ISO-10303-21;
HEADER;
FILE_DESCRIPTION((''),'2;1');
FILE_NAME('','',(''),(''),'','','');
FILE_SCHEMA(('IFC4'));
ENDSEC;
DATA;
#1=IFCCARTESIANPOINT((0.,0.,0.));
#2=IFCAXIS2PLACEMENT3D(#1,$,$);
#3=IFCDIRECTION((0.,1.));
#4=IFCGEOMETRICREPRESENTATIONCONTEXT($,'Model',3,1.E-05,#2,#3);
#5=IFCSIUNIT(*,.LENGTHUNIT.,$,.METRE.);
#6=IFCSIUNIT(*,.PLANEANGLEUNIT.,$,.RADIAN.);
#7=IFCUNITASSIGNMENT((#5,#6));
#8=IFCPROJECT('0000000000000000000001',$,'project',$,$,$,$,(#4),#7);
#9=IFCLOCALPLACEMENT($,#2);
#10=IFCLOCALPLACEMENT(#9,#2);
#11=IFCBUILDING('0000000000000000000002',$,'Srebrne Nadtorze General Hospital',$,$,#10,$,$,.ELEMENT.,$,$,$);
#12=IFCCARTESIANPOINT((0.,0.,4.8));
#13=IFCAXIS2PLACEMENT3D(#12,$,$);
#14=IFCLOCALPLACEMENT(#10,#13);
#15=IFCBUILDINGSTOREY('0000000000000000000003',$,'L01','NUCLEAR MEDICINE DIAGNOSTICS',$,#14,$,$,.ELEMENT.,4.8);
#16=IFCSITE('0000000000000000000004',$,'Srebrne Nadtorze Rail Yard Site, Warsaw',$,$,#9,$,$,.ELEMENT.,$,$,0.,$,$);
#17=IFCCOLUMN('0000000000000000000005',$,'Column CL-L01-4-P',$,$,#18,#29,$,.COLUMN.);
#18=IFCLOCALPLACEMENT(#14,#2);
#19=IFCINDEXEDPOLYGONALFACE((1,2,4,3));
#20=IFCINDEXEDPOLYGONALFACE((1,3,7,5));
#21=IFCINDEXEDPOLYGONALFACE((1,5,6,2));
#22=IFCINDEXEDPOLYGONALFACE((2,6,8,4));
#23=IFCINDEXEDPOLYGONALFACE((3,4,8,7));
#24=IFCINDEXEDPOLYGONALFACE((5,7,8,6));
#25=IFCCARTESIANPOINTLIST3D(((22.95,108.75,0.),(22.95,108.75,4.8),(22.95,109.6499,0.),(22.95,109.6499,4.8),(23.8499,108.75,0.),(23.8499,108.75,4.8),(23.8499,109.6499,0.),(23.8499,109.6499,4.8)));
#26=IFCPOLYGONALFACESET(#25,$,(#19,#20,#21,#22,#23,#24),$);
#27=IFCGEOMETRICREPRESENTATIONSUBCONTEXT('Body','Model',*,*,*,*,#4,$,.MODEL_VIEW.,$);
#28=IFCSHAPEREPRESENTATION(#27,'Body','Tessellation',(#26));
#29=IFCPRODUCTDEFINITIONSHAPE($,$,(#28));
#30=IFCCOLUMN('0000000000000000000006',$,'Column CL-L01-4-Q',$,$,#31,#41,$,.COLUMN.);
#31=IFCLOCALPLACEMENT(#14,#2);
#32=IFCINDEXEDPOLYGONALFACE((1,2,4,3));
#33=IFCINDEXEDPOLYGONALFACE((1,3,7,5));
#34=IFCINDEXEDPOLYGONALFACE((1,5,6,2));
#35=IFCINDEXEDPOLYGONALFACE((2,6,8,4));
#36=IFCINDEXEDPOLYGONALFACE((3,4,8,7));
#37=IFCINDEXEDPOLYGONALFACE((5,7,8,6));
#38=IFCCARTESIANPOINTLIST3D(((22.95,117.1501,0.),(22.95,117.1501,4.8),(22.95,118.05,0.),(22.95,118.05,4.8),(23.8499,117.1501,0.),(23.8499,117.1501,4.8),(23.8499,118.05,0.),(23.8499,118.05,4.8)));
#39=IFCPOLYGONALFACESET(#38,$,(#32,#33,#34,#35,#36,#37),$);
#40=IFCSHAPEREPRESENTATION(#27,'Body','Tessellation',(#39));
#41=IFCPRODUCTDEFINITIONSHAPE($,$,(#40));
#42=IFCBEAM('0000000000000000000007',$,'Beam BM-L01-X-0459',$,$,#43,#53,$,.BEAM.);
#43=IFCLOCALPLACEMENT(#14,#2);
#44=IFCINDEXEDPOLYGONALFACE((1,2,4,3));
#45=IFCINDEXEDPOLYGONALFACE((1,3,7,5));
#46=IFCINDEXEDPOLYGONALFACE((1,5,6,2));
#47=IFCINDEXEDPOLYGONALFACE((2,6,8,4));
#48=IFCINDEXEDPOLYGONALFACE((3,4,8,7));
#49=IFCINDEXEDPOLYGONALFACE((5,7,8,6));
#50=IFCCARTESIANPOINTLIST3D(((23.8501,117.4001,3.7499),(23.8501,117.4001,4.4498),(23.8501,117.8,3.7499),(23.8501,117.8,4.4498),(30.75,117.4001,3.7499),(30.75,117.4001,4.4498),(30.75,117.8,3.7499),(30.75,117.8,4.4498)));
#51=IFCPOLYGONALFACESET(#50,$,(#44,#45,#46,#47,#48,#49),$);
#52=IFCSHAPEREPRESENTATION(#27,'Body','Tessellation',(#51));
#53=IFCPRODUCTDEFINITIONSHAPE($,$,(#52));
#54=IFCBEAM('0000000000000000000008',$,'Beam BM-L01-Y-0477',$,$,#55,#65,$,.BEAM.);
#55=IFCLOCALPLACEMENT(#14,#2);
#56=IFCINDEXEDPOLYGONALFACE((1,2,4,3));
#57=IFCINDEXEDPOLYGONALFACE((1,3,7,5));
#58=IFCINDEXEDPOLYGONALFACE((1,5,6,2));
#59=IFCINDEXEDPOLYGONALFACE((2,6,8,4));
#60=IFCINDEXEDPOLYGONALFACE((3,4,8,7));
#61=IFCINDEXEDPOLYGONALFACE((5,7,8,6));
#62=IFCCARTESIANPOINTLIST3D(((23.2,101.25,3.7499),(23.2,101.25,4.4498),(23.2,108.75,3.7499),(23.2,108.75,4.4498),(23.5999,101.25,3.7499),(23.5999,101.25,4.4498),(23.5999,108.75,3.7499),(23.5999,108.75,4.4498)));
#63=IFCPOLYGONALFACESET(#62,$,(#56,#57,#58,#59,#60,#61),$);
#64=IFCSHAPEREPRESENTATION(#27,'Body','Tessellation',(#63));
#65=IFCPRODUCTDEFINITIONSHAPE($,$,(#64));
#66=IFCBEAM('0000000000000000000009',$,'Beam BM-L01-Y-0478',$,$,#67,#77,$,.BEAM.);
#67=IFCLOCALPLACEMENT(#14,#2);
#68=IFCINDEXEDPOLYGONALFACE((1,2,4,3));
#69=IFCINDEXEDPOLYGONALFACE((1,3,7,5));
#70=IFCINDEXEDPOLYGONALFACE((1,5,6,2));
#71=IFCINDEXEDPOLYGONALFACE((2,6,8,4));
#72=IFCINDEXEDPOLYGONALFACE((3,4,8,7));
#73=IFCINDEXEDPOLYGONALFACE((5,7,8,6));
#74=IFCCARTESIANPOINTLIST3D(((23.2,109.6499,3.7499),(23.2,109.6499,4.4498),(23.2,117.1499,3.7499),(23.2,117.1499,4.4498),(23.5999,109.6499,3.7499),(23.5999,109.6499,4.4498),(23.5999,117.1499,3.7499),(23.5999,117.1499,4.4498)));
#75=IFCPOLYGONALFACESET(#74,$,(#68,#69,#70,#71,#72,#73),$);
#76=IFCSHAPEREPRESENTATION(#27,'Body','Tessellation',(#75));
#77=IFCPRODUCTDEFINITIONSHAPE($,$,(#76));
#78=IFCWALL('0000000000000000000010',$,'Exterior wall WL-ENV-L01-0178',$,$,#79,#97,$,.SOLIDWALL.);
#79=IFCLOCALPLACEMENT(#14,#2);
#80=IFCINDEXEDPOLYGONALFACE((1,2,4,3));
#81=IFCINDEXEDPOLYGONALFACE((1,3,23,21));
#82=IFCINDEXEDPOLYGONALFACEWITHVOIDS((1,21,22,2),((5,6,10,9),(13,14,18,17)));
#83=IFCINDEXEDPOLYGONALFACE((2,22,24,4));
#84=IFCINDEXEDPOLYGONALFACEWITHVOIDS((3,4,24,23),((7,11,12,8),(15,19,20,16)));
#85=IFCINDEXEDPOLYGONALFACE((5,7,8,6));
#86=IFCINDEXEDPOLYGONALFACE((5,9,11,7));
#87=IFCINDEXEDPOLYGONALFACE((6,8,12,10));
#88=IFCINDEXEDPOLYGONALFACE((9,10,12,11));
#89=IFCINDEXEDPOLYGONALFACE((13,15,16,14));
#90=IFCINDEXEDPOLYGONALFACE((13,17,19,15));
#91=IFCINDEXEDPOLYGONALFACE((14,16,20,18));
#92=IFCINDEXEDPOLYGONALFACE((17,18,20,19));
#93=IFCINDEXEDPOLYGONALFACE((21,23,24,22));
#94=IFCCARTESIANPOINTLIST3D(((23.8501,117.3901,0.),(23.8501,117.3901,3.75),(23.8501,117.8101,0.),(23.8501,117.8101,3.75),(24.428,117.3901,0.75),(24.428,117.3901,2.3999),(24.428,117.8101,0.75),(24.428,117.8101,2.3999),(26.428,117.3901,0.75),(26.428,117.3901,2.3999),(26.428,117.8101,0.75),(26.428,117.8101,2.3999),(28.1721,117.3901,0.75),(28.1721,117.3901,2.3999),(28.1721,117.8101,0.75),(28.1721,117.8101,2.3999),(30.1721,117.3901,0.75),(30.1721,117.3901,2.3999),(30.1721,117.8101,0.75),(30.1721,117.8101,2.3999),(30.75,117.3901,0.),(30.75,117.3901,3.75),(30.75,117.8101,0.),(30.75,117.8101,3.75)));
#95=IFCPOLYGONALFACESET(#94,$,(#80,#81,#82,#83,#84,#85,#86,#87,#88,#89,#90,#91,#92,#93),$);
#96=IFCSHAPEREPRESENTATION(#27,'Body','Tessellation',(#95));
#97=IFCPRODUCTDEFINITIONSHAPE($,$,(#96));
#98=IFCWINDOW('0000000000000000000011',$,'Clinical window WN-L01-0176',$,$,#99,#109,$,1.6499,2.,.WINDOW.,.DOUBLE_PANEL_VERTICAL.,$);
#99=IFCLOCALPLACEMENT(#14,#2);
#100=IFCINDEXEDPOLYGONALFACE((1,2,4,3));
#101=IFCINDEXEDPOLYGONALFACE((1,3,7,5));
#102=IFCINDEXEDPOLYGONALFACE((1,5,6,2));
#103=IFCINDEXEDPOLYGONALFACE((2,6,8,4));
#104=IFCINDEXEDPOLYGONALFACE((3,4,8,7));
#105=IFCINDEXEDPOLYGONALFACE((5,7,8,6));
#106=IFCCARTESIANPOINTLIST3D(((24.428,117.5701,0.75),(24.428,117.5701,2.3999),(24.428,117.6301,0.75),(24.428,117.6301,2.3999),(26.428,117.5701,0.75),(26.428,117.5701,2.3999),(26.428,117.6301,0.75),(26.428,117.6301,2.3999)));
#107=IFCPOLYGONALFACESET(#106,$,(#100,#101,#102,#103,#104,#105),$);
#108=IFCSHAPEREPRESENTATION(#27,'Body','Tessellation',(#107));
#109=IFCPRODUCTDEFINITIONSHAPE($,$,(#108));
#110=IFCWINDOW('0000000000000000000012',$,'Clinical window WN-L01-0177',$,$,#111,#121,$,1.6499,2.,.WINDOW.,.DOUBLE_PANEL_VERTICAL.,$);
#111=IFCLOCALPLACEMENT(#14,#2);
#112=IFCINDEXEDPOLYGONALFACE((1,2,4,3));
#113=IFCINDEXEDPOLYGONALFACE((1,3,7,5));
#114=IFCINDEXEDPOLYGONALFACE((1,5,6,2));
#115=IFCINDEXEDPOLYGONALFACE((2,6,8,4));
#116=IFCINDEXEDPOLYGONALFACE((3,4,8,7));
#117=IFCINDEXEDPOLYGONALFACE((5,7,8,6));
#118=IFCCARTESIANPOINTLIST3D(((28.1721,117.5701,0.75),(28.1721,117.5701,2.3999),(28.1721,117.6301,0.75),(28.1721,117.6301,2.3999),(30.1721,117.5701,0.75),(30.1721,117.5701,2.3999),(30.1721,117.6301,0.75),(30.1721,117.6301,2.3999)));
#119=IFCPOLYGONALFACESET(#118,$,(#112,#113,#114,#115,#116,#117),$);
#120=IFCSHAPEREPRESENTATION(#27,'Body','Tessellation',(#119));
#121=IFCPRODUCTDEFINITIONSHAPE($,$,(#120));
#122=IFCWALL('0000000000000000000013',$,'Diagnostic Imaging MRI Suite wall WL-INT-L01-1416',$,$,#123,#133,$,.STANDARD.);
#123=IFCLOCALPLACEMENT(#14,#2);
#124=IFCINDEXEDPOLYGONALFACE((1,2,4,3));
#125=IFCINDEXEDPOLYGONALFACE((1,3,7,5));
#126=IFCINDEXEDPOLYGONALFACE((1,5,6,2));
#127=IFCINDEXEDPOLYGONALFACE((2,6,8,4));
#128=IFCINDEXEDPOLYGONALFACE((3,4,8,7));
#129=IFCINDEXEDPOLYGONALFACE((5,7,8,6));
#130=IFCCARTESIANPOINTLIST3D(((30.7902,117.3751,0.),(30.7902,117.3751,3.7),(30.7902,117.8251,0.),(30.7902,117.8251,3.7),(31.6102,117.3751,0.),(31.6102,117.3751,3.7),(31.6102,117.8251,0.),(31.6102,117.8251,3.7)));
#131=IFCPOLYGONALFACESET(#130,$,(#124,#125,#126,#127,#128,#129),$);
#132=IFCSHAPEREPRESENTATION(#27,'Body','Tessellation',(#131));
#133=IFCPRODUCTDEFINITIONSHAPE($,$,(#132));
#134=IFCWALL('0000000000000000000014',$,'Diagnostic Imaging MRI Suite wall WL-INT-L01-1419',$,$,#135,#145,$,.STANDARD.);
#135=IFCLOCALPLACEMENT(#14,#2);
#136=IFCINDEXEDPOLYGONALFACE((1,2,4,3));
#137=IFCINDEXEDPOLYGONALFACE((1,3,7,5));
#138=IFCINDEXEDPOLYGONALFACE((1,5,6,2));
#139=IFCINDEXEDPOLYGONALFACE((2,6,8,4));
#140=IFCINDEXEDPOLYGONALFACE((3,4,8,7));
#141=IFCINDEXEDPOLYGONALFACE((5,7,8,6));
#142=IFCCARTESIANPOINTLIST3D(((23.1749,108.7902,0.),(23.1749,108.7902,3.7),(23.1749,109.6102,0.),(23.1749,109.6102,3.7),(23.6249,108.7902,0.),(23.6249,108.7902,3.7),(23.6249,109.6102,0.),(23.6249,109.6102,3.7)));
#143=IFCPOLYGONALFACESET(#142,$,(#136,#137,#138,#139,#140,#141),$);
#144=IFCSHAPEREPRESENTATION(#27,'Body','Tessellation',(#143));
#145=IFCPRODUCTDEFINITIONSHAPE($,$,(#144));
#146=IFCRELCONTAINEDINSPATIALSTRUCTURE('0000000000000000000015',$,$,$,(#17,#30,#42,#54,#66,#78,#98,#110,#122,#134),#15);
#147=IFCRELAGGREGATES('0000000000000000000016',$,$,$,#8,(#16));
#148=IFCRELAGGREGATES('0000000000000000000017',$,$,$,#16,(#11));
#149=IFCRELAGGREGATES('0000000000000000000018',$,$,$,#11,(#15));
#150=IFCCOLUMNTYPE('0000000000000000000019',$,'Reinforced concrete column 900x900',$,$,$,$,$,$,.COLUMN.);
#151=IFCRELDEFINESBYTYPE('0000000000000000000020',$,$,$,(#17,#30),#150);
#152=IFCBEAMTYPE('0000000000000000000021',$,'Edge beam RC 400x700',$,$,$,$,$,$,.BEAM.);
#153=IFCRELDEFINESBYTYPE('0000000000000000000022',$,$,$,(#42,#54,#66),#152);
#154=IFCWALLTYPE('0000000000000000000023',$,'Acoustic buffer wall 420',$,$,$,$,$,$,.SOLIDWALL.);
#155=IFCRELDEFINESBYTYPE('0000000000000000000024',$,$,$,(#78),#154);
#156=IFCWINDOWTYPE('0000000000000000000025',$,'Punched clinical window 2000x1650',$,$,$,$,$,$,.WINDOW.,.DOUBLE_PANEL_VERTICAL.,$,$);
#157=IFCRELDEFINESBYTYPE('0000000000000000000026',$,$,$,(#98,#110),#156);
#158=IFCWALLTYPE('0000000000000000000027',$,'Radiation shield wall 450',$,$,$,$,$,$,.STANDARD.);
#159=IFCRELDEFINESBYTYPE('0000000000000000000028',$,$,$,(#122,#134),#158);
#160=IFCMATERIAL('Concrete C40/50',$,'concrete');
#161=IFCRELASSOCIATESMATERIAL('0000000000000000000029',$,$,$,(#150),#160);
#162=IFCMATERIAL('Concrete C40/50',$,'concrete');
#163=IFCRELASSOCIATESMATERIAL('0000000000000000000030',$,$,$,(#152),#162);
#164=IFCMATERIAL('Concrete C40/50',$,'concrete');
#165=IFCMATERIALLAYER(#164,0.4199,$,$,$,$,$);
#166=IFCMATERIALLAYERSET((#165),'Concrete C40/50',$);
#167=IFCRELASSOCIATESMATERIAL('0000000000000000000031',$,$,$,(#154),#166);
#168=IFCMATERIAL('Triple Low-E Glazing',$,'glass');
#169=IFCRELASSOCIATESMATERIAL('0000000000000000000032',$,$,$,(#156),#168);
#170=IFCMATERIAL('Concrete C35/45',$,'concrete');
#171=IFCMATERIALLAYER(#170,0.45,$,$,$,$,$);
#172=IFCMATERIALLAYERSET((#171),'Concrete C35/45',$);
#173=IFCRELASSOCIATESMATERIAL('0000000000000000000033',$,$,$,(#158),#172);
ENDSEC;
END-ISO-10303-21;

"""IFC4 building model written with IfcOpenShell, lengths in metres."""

from ifc_helpers import new_model, si_unit, direction, frame, frame_2d, origin, origin_2d, place, context, subcontext, project, spatial, rectangle, extrude, material, layer, layer_set, material_profile, profile_set, type_object, element, fill, save


model = new_model("IFC4")

# Units and contexts
model_context = context("Model", 3, precision=1e-05, world=origin(), true_north=direction((0.0, 1.0)))
body_context = subcontext(model_context, "Body", "Model", "MODEL_VIEW")
ifc_project = project(units=[si_unit("LENGTHUNIT", "METRE"), si_unit("PLANEANGLEUNIT", "RADIAN")], contexts=[model_context])

# Site, building, storey
site_placement = place(None, origin())
site = spatial("IfcSite", under=ifc_project, at=site_placement, Name="Srebrne Nadtorze Rail Yard Site, Warsaw", CompositionType="ELEMENT", RefElevation=0.0)
building_placement = place(site_placement, origin())
building = spatial("IfcBuilding", under=site, at=building_placement, Name="Srebrne Nadtorze General Hospital", CompositionType="ELEMENT")
storey_placement = place(building_placement, frame((0.0, 0.0, 4.8)))
storey = spatial("IfcBuildingStorey", under=building, at=storey_placement, Name="L01", Description="NUCLEAR MEDICINE DIAGNOSTICS", CompositionType="ELEMENT", Elevation=4.8)

# Columns
ifc_material_1 = material(Name="Concrete C40/50", Category="concrete")
ifc_material_profile_1 = material_profile(ifc_material_1, rectangle(XDim=0.8999, YDim=0.8999, at=origin_2d()), Name="RC-COL-900x900")
ifc_profile_set_1 = profile_set([ifc_material_profile_1], Name="Concrete C40/50")
column_type = type_object("IfcColumnType", Name="Reinforced concrete column 900x900", PredefinedType="COLUMN", material=ifc_profile_set_1)
for number, where, z_axis, x_axis, name in (
    (1, (23.3999, 109.2, 0.0), (0.0, 0.0, 1.0), (1.0, 0.0, 0.0), "Column CL-L01-4-P"),
    (2, (23.3999, 117.6001, 0.0), (0.0, 0.0, 1.0), (1.0, 0.0, 0.0), "Column CL-L01-4-Q"),
):
    element("IfcColumn", number, at=place(storey_placement, frame(where, z_axis=z_axis, x_axis=x_axis)), inside=storey, type_object=column_type, Name=name, PredefinedType="COLUMN", context=body_context, shape_type="SweptSolid", body=[
        extrude(rectangle(XDim=0.8999, YDim=0.8999, at=origin_2d()), origin(), (0.0, 0.0, 1.0), 4.8),
    ])

# Beams
ifc_material_2 = material(Name="Concrete C40/50", Category="concrete")
ifc_material_profile_2 = material_profile(ifc_material_2, rectangle(XDim=0.3999, YDim=0.7, at=origin_2d()), Name="RC-BM-400x700")
ifc_profile_set_2 = profile_set([ifc_material_profile_2], Name="Concrete C40/50")
beam_type = type_object("IfcBeamType", Name="Edge beam RC 400x700", PredefinedType="BEAM", material=ifc_profile_set_2)
beam_placement = place(storey_placement, frame((23.8501, 117.6001, 4.0999), z_axis=(1.0, 0.0, 0.0), x_axis=(0.0, 1.0, 0.0)))
element("IfcBeam", 3, at=beam_placement, inside=storey, type_object=beam_type, Name="Beam BM-L01-X-0459", PredefinedType="BEAM", context=body_context, shape_type="SweptSolid", body=[
    extrude(rectangle(XDim=0.3999, YDim=0.7, at=origin_2d()), origin(), (0.0, 0.0, 1.0), 6.8999),
])
for number, where, z_axis, x_axis, name in (
    (4, (23.3999, 101.25, 4.0999), (0.0, 1.0, 0.0), (-1.0, 0.0, 0.0), "Beam BM-L01-Y-0477"),
    (5, (23.3999, 109.6499, 4.0999), (0.0, 1.0, 0.0), (-1.0, 0.0, 0.0), "Beam BM-L01-Y-0478"),
):
    element("IfcBeam", number, at=place(storey_placement, frame(where, z_axis=z_axis, x_axis=x_axis)), inside=storey, type_object=beam_type, Name=name, PredefinedType="BEAM", context=body_context, shape_type="SweptSolid", body=[
        extrude(rectangle(XDim=0.3999, YDim=0.7, at=origin_2d()), origin(), (0.0, 0.0, 1.0), 7.5),
    ])

# Wall, openings, windows
ifc_material_3 = material(Name="Concrete C40/50", Category="concrete")
ifc_layer_1 = layer(ifc_material_3, 0.4199)
ifc_layer_set_1 = layer_set([ifc_layer_1], Name="Concrete C40/50")
wall_type_1 = type_object("IfcWallType", Name="Acoustic buffer wall 420", PredefinedType="SOLIDWALL", material=ifc_layer_set_1)
wall_1_placement = place(storey_placement, frame((23.8501, 117.6001, 0.0), z_axis=(0.0, 0.0, 1.0), x_axis=(1.0, 0.0, 0.0)))
wall_1 = element("IfcWall", 6, at=wall_1_placement, inside=storey, type_object=wall_type_1, Name="Exterior wall WL-ENV-L01-0178", PredefinedType="SOLIDWALL", context=body_context, shape_type="SweptSolid", body=[
    extrude(rectangle(XDim=6.8999, YDim=0.4199, at=frame_2d((3.45, 0.0))), origin(), (0.0, 0.0, 1.0), 3.75),
])
opening_1_placement = place(wall_1_placement, frame((0.5779, 0.0, 0.75)))
opening_1 = element("IfcOpeningElement", 7, at=opening_1_placement, cuts=wall_1, PredefinedType="OPENING", context=body_context, shape_type="SweptSolid", body=[
    extrude(rectangle(XDim=2.0, YDim=1.6499, at=frame_2d((1.0, 0.825))), frame((0.0, 0.2219, 0.0), z_axis=(0.0, -1.0, 0.0), x_axis=(1.0, 0.0, 0.0)), (0.0, 0.0, 1.0), 0.4438),
])
opening_2_placement = place(wall_1_placement, frame((4.322, 0.0, 0.75)))
opening_2 = element("IfcOpeningElement", 8, at=opening_2_placement, cuts=wall_1, PredefinedType="OPENING", context=body_context, shape_type="SweptSolid", body=[
    extrude(rectangle(XDim=2.0, YDim=1.6499, at=frame_2d((1.0, 0.825))), frame((0.0, 0.2219, 0.0), z_axis=(0.0, -1.0, 0.0), x_axis=(1.0, 0.0, 0.0)), (0.0, 0.0, 1.0), 0.4438),
])
ifc_material_4 = material(Name="Triple Low-E Glazing", Category="glass")
window_type_1 = type_object("IfcWindowType", Name="Punched clinical window 2000x1650", PartitioningType="DOUBLE_PANEL_VERTICAL", PredefinedType="WINDOW", material=ifc_material_4)
window_1_placement = place(opening_1_placement, origin())
window_1 = element("IfcWindow", 9, at=window_1_placement, inside=storey, type_object=window_type_1, Name="Clinical window WN-L01-0176", OverallHeight=1.6499, OverallWidth=2.0, PartitioningType="DOUBLE_PANEL_VERTICAL", PredefinedType="WINDOW", context=body_context, shape_type="SweptSolid", body=[
    extrude(rectangle(XDim=2.0, YDim=1.6499, at=frame_2d((1.0, 0.825))), frame((0.0, 0.03, 0.0), z_axis=(0.0, -1.0, 0.0), x_axis=(1.0, 0.0, 0.0)), (0.0, 0.0, 1.0), 0.0601),
])
fill(opening_1, window_1)
window_2_placement = place(opening_2_placement, origin())
window_2 = element("IfcWindow", 10, at=window_2_placement, inside=storey, type_object=window_type_1, Name="Clinical window WN-L01-0177", OverallHeight=1.6499, OverallWidth=2.0, PartitioningType="DOUBLE_PANEL_VERTICAL", PredefinedType="WINDOW", context=body_context, shape_type="SweptSolid", body=[
    extrude(rectangle(XDim=2.0, YDim=1.6499, at=frame_2d((1.0, 0.825))), frame((0.0, 0.03, 0.0), z_axis=(0.0, -1.0, 0.0), x_axis=(1.0, 0.0, 0.0)), (0.0, 0.0, 1.0), 0.0601),
])
fill(opening_2, window_2)

# Walls
ifc_material_5 = material(Name="Concrete C35/45", Category="concrete")
ifc_layer_2 = layer(ifc_material_5, 0.45)
ifc_layer_set_2 = layer_set([ifc_layer_2], Name="Concrete C35/45")
wall_type_2 = type_object("IfcWallType", Name="Radiation shield wall 450", PredefinedType="STANDARD", material=ifc_layer_set_2)
for number, where, z_axis, x_axis, name in (
    (11, (30.79, 117.6001, 0.0), (0.0, 0.0, 1.0), (1.0, 0.0, 0.0), "Diagnostic Imaging MRI Suite wall WL-INT-L01-1416"),
    (12, (23.3999, 108.79, 0.0), (0.0, 0.0, 1.0), (0.0, 1.0, 0.0), "Diagnostic Imaging MRI Suite wall WL-INT-L01-1419"),
):
    element("IfcWall", number, at=place(storey_placement, frame(where, z_axis=z_axis, x_axis=x_axis)), inside=storey, type_object=wall_type_2, Name=name, PredefinedType="STANDARD", context=body_context, shape_type="SweptSolid", body=[
        extrude(rectangle(XDim=0.8201, YDim=0.45, at=frame_2d((0.4102, 0.0))), origin(), (0.0, 0.0, 1.0), 3.7),
    ])

save(model, "model.ifc")
